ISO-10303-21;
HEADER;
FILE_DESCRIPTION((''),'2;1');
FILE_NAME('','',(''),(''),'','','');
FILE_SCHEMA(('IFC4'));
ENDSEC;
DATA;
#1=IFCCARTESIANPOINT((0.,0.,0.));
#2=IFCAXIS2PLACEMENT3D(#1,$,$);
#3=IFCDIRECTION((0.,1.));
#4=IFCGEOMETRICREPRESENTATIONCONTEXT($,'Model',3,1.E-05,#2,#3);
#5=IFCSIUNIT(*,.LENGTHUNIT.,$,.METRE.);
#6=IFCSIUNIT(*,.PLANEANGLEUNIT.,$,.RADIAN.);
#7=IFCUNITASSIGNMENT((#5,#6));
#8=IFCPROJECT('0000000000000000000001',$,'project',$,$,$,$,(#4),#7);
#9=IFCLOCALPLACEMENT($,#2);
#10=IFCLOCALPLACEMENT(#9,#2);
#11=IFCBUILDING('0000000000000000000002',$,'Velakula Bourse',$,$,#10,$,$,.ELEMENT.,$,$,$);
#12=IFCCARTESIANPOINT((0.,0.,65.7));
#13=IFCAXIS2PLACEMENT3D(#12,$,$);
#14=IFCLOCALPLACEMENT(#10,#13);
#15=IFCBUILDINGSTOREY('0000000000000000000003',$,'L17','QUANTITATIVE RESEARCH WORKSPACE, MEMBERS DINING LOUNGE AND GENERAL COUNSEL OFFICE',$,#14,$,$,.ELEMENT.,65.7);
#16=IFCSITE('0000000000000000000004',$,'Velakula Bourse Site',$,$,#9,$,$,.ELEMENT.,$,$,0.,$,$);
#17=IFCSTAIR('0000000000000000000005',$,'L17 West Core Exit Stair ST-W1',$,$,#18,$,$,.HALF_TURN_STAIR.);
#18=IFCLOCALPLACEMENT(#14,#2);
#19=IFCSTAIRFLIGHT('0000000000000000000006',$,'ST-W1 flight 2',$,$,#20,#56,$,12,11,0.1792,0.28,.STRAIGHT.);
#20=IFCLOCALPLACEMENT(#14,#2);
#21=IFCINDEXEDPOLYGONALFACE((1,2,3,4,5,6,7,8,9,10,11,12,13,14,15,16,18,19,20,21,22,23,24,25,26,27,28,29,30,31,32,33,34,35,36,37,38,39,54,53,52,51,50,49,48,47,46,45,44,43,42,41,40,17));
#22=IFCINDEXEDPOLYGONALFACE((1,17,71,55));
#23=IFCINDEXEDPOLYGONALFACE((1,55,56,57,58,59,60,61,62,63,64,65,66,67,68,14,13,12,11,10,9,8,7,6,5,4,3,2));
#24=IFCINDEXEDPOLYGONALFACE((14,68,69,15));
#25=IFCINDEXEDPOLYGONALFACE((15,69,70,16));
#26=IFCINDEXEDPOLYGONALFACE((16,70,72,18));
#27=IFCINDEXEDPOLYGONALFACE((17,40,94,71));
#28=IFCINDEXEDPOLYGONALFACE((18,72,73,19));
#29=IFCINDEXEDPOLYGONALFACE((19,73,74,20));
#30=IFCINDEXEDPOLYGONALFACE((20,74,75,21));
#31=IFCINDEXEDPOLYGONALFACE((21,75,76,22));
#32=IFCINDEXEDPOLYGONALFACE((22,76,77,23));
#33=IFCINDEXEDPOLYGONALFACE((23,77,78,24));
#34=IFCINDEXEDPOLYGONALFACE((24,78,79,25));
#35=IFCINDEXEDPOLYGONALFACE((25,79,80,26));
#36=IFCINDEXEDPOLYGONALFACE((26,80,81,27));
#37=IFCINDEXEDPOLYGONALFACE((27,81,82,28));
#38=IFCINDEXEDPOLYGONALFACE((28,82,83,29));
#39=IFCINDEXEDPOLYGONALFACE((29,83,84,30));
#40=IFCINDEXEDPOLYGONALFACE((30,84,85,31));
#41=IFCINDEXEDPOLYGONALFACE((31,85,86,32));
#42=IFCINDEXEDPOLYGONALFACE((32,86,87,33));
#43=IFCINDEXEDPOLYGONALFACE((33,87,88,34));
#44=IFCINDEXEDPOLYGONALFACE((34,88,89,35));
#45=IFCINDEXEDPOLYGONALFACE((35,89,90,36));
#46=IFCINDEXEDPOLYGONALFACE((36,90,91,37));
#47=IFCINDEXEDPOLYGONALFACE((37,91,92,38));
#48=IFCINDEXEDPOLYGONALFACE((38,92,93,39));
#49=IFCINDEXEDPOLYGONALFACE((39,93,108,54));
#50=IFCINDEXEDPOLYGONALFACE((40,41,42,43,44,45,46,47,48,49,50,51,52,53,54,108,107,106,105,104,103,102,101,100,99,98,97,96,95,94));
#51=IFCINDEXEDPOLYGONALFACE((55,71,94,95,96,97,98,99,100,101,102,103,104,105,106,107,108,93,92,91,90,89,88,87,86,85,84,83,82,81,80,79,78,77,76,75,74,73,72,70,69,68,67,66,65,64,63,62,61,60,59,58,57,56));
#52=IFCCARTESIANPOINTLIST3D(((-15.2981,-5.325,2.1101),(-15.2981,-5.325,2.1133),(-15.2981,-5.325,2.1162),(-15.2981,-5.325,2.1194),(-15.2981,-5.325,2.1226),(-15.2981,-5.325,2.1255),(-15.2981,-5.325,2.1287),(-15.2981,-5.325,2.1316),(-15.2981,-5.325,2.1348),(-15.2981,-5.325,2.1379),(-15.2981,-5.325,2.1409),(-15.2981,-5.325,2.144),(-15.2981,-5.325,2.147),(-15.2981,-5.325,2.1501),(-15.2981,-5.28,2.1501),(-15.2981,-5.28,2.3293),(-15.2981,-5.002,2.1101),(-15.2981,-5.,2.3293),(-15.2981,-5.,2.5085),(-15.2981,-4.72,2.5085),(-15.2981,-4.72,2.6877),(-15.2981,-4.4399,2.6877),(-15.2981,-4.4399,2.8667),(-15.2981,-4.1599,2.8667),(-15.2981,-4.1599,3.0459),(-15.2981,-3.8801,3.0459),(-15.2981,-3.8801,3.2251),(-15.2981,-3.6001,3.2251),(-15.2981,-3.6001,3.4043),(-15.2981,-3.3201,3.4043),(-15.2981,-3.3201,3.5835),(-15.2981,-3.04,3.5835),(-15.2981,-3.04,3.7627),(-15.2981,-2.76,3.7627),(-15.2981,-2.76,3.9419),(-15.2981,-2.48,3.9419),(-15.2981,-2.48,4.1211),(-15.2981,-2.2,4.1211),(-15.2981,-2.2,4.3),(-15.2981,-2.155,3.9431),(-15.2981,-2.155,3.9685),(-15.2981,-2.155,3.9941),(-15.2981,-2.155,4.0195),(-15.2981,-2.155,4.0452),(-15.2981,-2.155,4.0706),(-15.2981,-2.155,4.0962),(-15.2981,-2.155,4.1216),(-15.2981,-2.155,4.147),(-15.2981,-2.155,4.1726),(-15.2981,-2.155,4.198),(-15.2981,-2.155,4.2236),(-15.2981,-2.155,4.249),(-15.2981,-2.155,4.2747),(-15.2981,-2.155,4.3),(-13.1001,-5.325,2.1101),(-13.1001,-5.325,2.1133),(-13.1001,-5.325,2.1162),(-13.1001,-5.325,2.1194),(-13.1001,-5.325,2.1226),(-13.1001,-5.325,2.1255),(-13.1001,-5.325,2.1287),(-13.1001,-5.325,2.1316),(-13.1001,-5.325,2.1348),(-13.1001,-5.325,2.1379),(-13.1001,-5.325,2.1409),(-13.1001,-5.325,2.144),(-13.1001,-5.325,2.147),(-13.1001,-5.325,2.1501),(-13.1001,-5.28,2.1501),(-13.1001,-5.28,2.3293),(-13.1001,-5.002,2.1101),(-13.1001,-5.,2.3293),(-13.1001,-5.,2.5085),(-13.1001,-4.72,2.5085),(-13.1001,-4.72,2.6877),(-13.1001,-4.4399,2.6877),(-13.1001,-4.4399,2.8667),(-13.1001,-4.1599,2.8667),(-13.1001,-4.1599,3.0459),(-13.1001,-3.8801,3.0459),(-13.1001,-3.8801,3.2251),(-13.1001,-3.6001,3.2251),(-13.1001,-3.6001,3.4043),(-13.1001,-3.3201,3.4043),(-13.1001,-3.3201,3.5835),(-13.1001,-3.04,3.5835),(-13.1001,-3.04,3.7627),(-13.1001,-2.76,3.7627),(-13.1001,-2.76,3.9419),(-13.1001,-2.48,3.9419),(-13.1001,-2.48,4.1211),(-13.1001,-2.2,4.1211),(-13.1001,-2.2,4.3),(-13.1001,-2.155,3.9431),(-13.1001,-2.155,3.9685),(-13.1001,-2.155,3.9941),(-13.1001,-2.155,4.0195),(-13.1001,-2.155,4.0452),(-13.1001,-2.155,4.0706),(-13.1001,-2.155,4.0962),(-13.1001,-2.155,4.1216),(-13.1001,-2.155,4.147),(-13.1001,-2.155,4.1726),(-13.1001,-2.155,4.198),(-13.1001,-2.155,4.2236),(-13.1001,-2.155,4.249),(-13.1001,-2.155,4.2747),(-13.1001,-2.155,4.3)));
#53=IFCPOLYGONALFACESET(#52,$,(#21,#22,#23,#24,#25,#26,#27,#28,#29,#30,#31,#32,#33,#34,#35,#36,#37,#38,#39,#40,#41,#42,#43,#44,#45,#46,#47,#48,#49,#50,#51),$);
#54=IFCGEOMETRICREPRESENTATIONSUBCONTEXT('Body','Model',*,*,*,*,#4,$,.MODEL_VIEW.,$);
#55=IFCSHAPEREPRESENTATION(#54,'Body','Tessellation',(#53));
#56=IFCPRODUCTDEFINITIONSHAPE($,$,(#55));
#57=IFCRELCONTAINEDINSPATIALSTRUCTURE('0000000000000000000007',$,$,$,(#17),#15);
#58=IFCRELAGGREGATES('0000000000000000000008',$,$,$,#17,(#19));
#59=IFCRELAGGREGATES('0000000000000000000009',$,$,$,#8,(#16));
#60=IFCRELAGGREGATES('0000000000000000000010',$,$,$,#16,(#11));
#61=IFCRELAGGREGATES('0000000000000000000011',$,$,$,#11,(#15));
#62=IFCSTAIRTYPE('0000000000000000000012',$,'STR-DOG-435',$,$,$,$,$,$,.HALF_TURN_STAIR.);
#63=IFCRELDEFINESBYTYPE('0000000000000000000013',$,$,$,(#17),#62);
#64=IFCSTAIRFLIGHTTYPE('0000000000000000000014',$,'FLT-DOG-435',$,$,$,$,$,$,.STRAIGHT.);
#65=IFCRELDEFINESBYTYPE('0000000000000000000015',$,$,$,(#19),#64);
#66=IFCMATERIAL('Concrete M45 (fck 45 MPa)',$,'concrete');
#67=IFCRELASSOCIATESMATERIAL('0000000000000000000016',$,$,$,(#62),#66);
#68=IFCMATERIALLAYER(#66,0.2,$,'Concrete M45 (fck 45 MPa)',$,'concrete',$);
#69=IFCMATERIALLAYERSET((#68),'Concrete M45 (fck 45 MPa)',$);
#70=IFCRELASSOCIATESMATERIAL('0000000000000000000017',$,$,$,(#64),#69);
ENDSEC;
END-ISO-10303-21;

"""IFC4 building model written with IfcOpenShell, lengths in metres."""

from ifc_helpers import new_model, si_unit, direction, frame, origin, place, context, subcontext, project, spatial, polyline, outline, extrude, material, layer, layer_set, type_object, element, aggregate, save


model = new_model("IFC4")

# Units and contexts
model_context = context("Model", 3, precision=1e-05, world=origin(), true_north=direction((0.0, 1.0)))
body_context = subcontext(model_context, "Body", "Model", "MODEL_VIEW")
ifc_project = project(units=[si_unit("LENGTHUNIT", "METRE"), si_unit("PLANEANGLEUNIT", "RADIAN")], contexts=[model_context])

# Site, building, storey
site_placement = place(None, origin())
site = spatial("IfcSite", under=ifc_project, at=site_placement, Name="Velakula Bourse Site", CompositionType="ELEMENT", RefElevation=0.0)
building_placement = place(site_placement, origin())
building = spatial("IfcBuilding", under=site, at=building_placement, Name="Velakula Bourse", CompositionType="ELEMENT")
storey_placement = place(building_placement, frame((0.0, 0.0, 65.7)))
storey = spatial("IfcBuildingStorey", under=building, at=storey_placement, Name="L17", Description="QUANTITATIVE RESEARCH WORKSPACE, MEMBERS DINING LOUNGE AND GENERAL COUNSEL OFFICE", CompositionType="ELEMENT", Elevation=65.7)

# Stair, stair flight
ifc_material_1 = material(Name="Concrete M45 (fck 45 MPa)", Category="concrete")
stair_type = type_object("IfcStairType", Name="STR-DOG-435", PredefinedType="HALF_TURN_STAIR", material=ifc_material_1)
stair_placement = place(storey_placement, origin())
stair = element("IfcStair", 1, at=stair_placement, inside=storey, type_object=stair_type, Name="L17 West Core Exit Stair ST-W1", PredefinedType="HALF_TURN_STAIR")
ifc_layer_1 = layer(ifc_material_1, 0.2, Name="Concrete M45 (fck 45 MPa)", Category="concrete")
ifc_layer_set_1 = layer_set([ifc_layer_1], Name="Concrete M45 (fck 45 MPa)")
stair_flight_type = type_object("IfcStairFlightType", Name="FLT-DOG-435", PredefinedType="STRAIGHT", material=ifc_layer_set_1)
stair_flight_1_placement = place(storey_placement, frame((-14.199, -5.28, 2.1501), z_axis=(0.0, 0.0, 1.0), x_axis=(0.0, 1.0, 0.0)))
stair_flight_1 = element("IfcStairFlight", 2, at=stair_flight_1_placement, type_object=stair_flight_type, Name="ST-W1 flight 2", NumberOfRisers=12, NumberOfTreads=11, PredefinedType="STRAIGHT", RiserHeight=0.1792, TreadLength=0.28, context=body_context, shape_type="SweptSolid", body=[
    extrude(outline(polyline([(-0.0449, -0.04), (-0.0449, -0.0369), (-0.0449, -0.0339), (-0.0449, -0.0308), (-0.0449, -0.0276), (-0.0449, -0.0247), (-0.0449, -0.0215), (-0.0449, -0.0186), (-0.0449, -0.0154), (-0.0449, -0.0122), (-0.0449, -0.0093), (-0.0449, -0.0061), (-0.0449, -0.0032), (-0.0449, 0.0), (0.0, 0.0), (0.0, 0.1792), (0.28, 0.1792), (0.28, 0.3584), (0.5601, 0.3584), (0.5601, 0.5376), (0.8401, 0.5376), (0.8401, 0.7166), (1.1201, 0.7166), (1.1201, 0.8958), (1.3999, 0.8958), (1.3999, 1.075), (1.6799, 1.075), (1.6799, 1.2542), (1.96, 1.2542), (1.96, 1.4333), (2.24, 1.4333), (2.24, 1.6125), (2.52, 1.6125), (2.52, 1.7917), (2.8, 1.7917), (2.8, 1.9709), (3.0801, 1.9709), (3.0801, 2.1499), (3.125, 2.1499), (3.125, 2.1245), (3.125, 2.0989), (3.125, 2.0735), (3.125, 2.0479), (3.125, 2.0225), (3.125, 1.9968), (3.125, 1.9714), (3.125, 1.946), (3.125, 1.9204), (3.125, 1.895), (3.125, 1.8694), (3.125, 1.844), (3.125, 1.8184), (3.125, 1.793), (0.2781, -0.04), (-0.0449, -0.04)])), frame((0.0, 1.0991, 0.0), z_axis=(0.0, -1.0, 0.0), x_axis=(1.0, 0.0, 0.0)), (0.0, 0.0, 1.0), 2.198),
])
aggregate(stair, [stair_flight_1])

save(model, "model.ifc")
